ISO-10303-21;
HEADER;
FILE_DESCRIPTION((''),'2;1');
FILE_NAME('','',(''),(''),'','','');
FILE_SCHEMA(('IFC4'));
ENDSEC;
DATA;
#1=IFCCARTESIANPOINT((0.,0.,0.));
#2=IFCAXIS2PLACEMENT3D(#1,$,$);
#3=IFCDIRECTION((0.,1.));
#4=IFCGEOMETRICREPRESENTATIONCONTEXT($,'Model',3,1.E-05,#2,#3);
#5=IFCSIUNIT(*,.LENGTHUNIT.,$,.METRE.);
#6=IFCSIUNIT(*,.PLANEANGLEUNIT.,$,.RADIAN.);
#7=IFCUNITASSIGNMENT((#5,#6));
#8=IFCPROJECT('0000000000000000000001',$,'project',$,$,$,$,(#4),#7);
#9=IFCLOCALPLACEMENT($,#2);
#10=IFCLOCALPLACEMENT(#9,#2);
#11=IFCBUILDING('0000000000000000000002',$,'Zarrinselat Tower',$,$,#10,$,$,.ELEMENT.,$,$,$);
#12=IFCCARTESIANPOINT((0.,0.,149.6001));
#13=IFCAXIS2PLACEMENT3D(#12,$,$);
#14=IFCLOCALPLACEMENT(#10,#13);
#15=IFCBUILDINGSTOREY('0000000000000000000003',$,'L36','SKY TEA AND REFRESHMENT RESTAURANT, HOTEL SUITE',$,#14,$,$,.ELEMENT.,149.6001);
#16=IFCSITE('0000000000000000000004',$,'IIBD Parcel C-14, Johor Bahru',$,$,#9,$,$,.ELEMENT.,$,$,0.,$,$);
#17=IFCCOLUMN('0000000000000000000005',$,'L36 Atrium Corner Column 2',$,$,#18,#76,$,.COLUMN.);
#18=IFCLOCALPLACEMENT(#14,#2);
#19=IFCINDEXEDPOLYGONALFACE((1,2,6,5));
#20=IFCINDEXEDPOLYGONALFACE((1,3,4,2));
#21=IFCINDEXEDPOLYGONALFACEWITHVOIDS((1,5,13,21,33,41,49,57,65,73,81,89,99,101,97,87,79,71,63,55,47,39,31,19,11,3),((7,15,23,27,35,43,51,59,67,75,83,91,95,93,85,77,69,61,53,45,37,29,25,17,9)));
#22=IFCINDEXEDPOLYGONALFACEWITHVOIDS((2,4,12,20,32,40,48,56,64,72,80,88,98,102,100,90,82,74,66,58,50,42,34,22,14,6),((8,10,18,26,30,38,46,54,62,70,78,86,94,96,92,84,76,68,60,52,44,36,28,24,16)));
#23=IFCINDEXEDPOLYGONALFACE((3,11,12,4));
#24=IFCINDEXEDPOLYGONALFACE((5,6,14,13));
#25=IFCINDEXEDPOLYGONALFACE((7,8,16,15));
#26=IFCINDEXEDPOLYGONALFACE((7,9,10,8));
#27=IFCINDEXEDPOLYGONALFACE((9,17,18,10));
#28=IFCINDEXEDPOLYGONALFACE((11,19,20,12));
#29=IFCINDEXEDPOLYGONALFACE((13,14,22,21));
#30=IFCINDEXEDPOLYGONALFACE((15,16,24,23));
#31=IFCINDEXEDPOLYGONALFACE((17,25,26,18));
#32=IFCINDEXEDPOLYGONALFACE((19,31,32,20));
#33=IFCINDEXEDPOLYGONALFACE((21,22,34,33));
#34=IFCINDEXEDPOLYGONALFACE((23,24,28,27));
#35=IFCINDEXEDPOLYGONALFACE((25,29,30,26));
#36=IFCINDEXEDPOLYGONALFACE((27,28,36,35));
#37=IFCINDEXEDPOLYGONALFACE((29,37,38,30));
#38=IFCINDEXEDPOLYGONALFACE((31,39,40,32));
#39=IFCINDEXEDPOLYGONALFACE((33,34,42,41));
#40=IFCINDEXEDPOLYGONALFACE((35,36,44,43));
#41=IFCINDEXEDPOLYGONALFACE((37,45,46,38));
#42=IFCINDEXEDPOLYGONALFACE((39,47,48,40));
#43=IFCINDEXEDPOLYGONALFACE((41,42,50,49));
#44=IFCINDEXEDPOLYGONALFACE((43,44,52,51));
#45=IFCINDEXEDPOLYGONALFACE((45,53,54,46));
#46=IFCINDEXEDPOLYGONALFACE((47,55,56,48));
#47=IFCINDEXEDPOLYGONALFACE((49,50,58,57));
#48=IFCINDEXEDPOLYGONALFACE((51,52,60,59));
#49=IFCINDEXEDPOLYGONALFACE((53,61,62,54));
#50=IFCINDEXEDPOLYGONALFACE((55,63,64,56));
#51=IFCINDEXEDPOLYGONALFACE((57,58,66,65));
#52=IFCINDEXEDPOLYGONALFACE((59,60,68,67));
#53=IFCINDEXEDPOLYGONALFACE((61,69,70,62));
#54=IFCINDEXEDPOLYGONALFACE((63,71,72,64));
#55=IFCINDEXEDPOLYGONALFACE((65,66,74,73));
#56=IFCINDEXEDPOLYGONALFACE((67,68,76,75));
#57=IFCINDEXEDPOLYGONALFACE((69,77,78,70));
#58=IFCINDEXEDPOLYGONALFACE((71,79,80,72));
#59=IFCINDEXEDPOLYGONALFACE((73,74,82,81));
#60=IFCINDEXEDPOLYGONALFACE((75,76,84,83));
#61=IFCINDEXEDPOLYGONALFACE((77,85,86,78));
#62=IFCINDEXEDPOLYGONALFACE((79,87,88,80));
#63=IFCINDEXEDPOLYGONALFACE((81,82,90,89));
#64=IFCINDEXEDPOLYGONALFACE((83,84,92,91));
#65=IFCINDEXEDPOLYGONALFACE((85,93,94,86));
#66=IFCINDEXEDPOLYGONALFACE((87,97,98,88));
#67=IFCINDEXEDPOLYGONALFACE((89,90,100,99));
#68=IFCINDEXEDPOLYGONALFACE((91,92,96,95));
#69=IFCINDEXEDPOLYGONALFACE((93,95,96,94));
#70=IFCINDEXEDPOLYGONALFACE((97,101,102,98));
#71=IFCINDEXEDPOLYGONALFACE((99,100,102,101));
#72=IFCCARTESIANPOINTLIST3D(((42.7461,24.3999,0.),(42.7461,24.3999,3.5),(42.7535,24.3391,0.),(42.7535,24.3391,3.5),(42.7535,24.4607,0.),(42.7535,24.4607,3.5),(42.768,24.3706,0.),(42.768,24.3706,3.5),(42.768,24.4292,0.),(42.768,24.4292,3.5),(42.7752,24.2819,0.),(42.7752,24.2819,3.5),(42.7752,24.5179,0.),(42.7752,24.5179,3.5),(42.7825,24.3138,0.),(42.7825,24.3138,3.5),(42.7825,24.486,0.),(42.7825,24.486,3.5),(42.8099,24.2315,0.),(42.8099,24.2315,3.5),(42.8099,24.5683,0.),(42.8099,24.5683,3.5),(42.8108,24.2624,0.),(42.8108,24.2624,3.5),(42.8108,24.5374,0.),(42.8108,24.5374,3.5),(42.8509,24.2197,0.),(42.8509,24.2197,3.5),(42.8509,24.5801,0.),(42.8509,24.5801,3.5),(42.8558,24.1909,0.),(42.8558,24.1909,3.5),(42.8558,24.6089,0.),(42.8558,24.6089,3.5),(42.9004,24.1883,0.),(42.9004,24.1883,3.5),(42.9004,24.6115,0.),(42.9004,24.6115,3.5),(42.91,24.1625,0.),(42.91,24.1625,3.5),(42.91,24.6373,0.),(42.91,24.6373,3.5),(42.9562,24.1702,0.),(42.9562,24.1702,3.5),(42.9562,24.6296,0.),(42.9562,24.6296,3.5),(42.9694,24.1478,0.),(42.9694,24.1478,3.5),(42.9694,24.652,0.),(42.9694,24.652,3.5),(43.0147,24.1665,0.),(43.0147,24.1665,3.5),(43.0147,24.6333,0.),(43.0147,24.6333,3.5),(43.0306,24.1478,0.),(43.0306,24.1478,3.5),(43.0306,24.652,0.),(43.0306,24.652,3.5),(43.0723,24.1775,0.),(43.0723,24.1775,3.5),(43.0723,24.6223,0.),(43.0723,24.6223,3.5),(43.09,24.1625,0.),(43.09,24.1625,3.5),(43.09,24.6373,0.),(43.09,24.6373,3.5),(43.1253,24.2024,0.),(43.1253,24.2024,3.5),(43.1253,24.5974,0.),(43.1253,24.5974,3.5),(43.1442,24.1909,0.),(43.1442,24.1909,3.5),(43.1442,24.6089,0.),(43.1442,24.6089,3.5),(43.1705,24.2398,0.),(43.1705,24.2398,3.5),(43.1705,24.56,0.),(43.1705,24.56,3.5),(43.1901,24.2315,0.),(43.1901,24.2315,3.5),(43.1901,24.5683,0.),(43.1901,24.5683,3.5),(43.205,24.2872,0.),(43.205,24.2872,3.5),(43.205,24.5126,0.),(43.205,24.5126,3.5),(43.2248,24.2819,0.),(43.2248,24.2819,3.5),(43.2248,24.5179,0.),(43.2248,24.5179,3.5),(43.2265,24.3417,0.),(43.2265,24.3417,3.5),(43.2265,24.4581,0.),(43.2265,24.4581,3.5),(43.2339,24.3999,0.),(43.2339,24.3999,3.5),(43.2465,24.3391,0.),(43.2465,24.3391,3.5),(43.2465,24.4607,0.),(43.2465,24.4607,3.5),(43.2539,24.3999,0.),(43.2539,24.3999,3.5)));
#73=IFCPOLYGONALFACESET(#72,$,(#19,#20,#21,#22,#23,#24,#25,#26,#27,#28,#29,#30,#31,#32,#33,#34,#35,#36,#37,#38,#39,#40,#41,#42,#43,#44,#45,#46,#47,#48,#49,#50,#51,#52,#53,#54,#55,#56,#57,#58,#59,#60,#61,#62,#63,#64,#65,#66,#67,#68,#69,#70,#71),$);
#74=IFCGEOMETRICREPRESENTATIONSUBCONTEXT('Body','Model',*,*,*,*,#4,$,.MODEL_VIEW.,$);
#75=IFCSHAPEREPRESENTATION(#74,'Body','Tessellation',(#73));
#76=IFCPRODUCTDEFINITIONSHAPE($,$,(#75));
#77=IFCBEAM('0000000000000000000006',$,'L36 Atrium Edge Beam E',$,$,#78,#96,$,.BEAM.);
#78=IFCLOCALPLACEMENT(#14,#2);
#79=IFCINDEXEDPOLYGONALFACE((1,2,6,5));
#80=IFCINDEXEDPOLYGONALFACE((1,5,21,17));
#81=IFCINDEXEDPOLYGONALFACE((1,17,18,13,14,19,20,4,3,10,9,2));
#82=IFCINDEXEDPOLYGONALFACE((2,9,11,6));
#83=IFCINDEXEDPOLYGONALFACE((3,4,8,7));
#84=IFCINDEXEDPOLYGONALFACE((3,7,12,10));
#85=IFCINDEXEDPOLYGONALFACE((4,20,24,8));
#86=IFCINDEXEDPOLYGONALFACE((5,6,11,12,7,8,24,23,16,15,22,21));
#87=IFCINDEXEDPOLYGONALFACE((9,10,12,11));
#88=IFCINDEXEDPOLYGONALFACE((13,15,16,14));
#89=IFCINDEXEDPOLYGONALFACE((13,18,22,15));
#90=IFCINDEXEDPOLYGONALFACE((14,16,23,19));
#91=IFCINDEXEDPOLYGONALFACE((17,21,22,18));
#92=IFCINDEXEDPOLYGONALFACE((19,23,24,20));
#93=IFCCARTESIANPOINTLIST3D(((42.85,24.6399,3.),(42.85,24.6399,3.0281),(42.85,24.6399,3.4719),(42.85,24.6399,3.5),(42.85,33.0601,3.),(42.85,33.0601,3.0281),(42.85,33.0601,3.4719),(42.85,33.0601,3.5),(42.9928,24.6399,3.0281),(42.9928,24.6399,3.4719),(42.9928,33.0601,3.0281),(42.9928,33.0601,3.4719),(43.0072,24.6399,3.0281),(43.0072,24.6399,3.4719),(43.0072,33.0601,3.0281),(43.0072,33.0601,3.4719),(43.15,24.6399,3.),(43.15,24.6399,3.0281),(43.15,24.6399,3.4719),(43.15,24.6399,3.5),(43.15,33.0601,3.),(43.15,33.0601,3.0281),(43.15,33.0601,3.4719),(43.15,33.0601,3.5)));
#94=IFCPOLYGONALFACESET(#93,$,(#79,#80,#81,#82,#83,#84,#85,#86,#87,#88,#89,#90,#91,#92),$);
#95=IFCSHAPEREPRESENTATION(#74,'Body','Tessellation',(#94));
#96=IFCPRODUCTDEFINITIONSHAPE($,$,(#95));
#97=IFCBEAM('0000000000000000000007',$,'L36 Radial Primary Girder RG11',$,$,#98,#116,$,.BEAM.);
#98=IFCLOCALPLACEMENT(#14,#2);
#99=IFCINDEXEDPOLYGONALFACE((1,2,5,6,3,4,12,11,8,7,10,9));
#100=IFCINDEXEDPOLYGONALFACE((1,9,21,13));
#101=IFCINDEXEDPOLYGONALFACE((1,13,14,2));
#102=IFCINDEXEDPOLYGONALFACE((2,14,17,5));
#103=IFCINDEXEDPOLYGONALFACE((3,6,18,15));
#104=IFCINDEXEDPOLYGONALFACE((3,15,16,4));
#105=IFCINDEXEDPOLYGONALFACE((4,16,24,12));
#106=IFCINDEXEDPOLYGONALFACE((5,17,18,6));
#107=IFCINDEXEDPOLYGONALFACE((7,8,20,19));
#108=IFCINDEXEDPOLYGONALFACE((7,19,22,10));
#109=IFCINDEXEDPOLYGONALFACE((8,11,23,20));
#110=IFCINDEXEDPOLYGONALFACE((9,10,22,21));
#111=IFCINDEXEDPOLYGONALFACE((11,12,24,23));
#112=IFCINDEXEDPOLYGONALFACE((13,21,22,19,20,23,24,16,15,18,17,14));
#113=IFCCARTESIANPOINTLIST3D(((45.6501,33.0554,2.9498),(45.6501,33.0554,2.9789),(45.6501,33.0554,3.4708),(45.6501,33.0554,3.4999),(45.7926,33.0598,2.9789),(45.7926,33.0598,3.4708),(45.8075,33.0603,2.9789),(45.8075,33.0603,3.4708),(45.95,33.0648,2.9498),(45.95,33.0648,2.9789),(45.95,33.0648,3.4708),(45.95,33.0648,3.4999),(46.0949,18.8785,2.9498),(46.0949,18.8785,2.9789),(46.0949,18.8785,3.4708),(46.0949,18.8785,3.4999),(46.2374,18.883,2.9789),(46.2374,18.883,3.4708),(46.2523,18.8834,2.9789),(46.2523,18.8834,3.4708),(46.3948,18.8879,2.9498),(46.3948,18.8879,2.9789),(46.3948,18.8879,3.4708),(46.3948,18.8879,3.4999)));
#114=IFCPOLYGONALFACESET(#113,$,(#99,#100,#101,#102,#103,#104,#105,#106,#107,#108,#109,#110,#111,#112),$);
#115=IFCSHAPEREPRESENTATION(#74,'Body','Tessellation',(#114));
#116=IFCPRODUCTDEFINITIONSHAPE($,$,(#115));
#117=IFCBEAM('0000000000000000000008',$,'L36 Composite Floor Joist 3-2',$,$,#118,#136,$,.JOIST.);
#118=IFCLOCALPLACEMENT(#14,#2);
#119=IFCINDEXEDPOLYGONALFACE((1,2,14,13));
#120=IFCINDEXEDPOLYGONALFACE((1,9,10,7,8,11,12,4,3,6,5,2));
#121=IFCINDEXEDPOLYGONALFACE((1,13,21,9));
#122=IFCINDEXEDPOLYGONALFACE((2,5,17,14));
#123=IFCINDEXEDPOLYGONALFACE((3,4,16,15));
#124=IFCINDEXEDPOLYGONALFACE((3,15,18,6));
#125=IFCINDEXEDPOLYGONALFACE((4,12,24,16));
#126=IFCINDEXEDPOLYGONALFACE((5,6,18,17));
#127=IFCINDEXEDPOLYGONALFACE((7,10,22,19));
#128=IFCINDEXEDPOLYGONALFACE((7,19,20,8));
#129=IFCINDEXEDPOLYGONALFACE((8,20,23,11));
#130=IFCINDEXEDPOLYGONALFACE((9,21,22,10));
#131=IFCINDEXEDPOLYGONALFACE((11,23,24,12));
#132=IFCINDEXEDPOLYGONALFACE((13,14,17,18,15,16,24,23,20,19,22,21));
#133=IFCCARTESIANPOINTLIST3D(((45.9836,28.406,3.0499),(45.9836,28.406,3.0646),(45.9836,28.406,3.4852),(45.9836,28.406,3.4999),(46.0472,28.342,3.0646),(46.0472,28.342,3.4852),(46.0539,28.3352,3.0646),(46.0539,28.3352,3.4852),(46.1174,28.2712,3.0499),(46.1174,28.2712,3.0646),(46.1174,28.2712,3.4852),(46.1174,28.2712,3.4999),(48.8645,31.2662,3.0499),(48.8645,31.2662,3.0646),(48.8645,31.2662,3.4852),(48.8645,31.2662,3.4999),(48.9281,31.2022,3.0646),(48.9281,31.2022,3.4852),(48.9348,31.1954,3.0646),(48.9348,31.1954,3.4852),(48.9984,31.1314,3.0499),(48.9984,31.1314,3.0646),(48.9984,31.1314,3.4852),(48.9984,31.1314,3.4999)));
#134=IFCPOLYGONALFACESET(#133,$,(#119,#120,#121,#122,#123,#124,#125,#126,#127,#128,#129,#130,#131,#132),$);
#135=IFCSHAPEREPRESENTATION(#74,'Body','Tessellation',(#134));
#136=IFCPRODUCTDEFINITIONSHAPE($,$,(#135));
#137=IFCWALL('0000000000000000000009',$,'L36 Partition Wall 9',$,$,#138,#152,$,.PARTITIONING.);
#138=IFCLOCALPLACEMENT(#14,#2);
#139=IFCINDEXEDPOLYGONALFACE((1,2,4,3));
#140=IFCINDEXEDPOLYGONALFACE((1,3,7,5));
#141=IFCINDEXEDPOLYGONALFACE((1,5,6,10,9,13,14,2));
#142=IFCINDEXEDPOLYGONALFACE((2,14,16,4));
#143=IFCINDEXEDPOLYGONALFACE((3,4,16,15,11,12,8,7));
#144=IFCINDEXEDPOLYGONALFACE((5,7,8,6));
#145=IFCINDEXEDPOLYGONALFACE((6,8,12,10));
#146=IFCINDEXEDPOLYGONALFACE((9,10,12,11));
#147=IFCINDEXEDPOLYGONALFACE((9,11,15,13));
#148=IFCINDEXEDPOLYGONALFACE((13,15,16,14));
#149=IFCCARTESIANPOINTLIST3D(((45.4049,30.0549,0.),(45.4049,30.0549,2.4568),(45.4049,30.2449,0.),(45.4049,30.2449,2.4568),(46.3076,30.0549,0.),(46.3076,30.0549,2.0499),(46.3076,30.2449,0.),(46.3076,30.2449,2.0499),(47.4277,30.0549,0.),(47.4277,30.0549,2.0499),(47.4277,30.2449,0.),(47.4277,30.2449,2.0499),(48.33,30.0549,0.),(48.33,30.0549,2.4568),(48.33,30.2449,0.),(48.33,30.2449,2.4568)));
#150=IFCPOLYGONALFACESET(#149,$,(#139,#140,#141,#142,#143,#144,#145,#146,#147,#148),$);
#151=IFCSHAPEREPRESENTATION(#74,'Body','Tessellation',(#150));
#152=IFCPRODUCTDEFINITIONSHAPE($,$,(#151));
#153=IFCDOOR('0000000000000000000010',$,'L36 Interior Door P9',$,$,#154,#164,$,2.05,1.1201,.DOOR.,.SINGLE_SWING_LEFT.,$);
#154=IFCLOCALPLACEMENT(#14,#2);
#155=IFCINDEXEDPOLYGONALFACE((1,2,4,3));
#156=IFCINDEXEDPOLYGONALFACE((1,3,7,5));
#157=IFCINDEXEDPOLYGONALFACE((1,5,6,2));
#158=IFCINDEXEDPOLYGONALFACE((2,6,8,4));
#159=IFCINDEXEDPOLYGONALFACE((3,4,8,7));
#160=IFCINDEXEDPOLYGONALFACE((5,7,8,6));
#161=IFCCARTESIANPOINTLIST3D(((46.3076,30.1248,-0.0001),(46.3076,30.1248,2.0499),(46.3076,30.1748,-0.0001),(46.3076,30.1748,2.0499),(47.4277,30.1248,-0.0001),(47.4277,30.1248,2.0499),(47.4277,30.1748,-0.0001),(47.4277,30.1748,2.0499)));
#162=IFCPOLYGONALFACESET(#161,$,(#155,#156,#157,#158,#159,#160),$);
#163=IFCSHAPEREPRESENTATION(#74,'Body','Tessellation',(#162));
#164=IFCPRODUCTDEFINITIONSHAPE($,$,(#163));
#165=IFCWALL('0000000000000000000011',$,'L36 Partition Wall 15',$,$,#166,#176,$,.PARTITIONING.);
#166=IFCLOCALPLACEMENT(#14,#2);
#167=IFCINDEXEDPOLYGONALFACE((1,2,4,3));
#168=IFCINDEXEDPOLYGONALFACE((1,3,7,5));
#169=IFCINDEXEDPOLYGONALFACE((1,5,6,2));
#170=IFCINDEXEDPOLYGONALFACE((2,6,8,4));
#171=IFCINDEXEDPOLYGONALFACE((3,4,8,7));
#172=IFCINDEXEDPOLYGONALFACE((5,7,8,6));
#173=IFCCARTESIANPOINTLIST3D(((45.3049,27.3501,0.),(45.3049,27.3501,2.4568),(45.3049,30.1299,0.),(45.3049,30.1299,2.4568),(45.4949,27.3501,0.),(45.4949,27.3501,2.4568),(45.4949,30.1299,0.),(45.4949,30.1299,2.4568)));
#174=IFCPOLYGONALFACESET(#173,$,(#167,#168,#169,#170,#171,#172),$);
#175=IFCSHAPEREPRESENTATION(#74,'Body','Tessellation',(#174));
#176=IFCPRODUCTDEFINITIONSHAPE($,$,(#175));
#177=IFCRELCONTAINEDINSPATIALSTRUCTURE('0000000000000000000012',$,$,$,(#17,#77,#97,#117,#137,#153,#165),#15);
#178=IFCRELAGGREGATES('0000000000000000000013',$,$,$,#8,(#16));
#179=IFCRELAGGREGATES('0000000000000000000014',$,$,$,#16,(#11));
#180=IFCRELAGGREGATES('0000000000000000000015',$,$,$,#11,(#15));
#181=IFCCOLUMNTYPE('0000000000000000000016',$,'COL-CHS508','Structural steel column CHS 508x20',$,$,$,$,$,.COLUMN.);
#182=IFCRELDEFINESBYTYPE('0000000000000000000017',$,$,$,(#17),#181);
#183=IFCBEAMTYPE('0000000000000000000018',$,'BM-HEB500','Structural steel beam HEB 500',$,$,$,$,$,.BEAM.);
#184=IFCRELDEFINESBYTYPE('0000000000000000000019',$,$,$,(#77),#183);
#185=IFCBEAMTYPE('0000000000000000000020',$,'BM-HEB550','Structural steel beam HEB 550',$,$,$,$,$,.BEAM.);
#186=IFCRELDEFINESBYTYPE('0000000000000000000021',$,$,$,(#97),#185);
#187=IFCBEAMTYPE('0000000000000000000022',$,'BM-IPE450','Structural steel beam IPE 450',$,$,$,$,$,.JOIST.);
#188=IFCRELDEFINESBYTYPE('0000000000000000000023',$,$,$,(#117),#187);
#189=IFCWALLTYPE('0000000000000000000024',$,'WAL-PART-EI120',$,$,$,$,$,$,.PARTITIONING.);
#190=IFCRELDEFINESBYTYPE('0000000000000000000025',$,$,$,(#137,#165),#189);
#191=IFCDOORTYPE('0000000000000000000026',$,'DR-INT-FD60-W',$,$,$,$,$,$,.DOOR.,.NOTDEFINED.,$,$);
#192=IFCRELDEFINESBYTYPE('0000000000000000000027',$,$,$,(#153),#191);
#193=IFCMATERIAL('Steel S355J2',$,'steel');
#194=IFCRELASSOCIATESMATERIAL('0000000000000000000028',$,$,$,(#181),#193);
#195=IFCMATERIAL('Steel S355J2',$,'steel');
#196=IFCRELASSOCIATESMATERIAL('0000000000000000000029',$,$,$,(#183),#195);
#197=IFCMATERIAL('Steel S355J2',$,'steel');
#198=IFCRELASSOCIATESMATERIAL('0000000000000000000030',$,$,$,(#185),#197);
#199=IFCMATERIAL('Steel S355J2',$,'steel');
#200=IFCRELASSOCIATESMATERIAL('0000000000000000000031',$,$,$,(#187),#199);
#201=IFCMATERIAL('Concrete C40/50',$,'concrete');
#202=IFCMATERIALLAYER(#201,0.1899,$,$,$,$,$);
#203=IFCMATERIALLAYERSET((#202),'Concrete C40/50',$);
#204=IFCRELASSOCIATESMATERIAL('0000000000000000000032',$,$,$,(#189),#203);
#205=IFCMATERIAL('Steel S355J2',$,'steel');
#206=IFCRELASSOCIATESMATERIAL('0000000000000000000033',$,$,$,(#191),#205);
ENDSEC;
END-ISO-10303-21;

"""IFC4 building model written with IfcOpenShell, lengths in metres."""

from ifc_helpers import new_model, si_unit, direction, frame, frame_2d, origin, origin_2d, place, context, subcontext, project, spatial, rectangle, hollow_circle, i_section, extrude, material, layer, layer_set, material_profile, profile_set, type_object, element, fill, save


model = new_model("IFC4")

# Units and contexts
model_context = context("Model", 3, precision=1e-05, world=origin(), true_north=direction((0.0, 1.0)))
body_context = subcontext(model_context, "Body", "Model", "MODEL_VIEW")
ifc_project = project(units=[si_unit("LENGTHUNIT", "METRE"), si_unit("PLANEANGLEUNIT", "RADIAN")], contexts=[model_context])

# Site, building, storey
site_placement = place(None, origin())
site = spatial("IfcSite", under=ifc_project, at=site_placement, Name="IIBD Parcel C-14, Johor Bahru", CompositionType="ELEMENT", RefElevation=0.0)
building_placement = place(site_placement, origin())
building = spatial("IfcBuilding", under=site, at=building_placement, Name="Zarrinselat Tower", CompositionType="ELEMENT")
storey_placement = place(building_placement, frame((0.0, 0.0, 149.6001)))
storey = spatial("IfcBuildingStorey", under=building, at=storey_placement, Name="L36", Description="SKY TEA AND REFRESHMENT RESTAURANT, HOTEL SUITE", CompositionType="ELEMENT", Elevation=149.6001)

# Column
ifc_material_1 = material(Name="Steel S355J2", Category="steel")
ifc_material_profile_1 = material_profile(ifc_material_1, hollow_circle(Radius=0.2539, WallThickness=0.02, at=origin_2d()), Name="CHS 508x20")
ifc_profile_set_1 = profile_set([ifc_material_profile_1], Name="Steel S355J2")
column_type = type_object("IfcColumnType", Name="COL-CHS508", Description="Structural steel column CHS 508x20", PredefinedType="COLUMN", material=ifc_profile_set_1)
column_placement = place(storey_placement, frame((43.0, 24.3999, 0.0), z_axis=(0.0, 0.0, 1.0), x_axis=(1.0, 0.0, 0.0)))
element("IfcColumn", 1, at=column_placement, inside=storey, type_object=column_type, Name="L36 Atrium Corner Column 2", PredefinedType="COLUMN", context=body_context, shape_type="SweptSolid", body=[
    extrude(hollow_circle(Radius=0.2539, WallThickness=0.02, at=origin_2d()), origin(), (0.0, 0.0, 1.0), 3.5),
])

# Beams
ifc_material_2 = material(Name="Steel S355J2", Category="steel")
ifc_material_profile_2 = material_profile(ifc_material_2, i_section(OverallWidth=0.3, OverallDepth=0.5, WebThickness=0.0144, FlangeThickness=0.0281, at=origin_2d()), Name="HEB 500")
ifc_profile_set_2 = profile_set([ifc_material_profile_2], Name="Steel S355J2")
beam_type_1 = type_object("IfcBeamType", Name="BM-HEB500", Description="Structural steel beam HEB 500", PredefinedType="BEAM", material=ifc_profile_set_2)
beam_1_placement = place(storey_placement, frame((43.0, 24.6399, 3.25), z_axis=(0.0, 1.0, 0.0), x_axis=(-1.0, 0.0, 0.0)))
element("IfcBeam", 2, at=beam_1_placement, inside=storey, type_object=beam_type_1, Name="L36 Atrium Edge Beam E", PredefinedType="BEAM", context=body_context, shape_type="SweptSolid", body=[
    extrude(i_section(OverallWidth=0.3, OverallDepth=0.5, WebThickness=0.0144, FlangeThickness=0.0281, at=origin_2d()), origin(), (0.0, 0.0, 1.0), 8.4202),
])
ifc_material_3 = material(Name="Steel S355J2", Category="steel")
ifc_material_profile_3 = material_profile(ifc_material_3, i_section(OverallWidth=0.3, OverallDepth=0.55, WebThickness=0.0149, FlangeThickness=0.0291, at=origin_2d()), Name="HEB 550")
ifc_profile_set_3 = profile_set([ifc_material_profile_3], Name="Steel S355J2")
beam_type_2 = type_object("IfcBeamType", Name="BM-HEB550", Description="Structural steel beam HEB 550", PredefinedType="BEAM", material=ifc_profile_set_3)
beam_2_placement = place(storey_placement, frame((45.8, 33.0601, 3.2249), z_axis=(0.031362, -0.999508, 0.0), x_axis=(0.999508, 0.031362, 0.0)))
element("IfcBeam", 3, at=beam_2_placement, inside=storey, type_object=beam_type_2, Name="L36 Radial Primary Girder RG11", PredefinedType="BEAM", context=body_context, shape_type="SweptSolid", body=[
    extrude(i_section(OverallWidth=0.3, OverallDepth=0.55, WebThickness=0.0149, FlangeThickness=0.0291, at=origin_2d()), origin(), (0.0, 0.0, 1.0), 14.1838),
])
ifc_material_4 = material(Name="Steel S355J2", Category="steel")
ifc_material_profile_4 = material_profile(ifc_material_4, i_section(OverallWidth=0.1899, OverallDepth=0.45, WebThickness=0.0095, FlangeThickness=0.0146, at=origin_2d()), Name="IPE 450")
ifc_profile_set_4 = profile_set([ifc_material_profile_4], Name="Steel S355J2")
beam_type_3 = type_object("IfcBeamType", Name="BM-IPE450", Description="Structural steel beam IPE 450", PredefinedType="JOIST", material=ifc_profile_set_4)
beam_3_placement = place(storey_placement, frame((46.0505, 28.3386, 3.2749), z_axis=(0.709658, 0.704546, 0.0), x_axis=(-0.704546, 0.709658, 0.0)))
element("IfcBeam", 4, at=beam_3_placement, inside=storey, type_object=beam_type_3, Name="L36 Composite Floor Joist 3-2", PredefinedType="JOIST", context=body_context, shape_type="SweptSolid", body=[
    extrude(i_section(OverallWidth=0.1899, OverallDepth=0.45, WebThickness=0.0095, FlangeThickness=0.0146, at=origin_2d()), origin(), (0.0, 0.0, 1.0), 4.0596),
])

# Wall, opening, door
ifc_material_5 = material(Name="Concrete C40/50", Category="concrete")
ifc_layer_1 = layer(ifc_material_5, 0.1899)
ifc_layer_set_1 = layer_set([ifc_layer_1], Name="Concrete C40/50")
wall_type_1 = type_object("IfcWallType", Name="WAL-PART-EI120", PredefinedType="PARTITIONING", material=ifc_layer_set_1)
wall_1_placement = place(storey_placement, frame((45.405, 30.1499, 0.0), z_axis=(0.0, 0.0, 1.0), x_axis=(1.0, 0.0, 0.0)))
wall_1 = element("IfcWall", 5, at=wall_1_placement, inside=storey, type_object=wall_type_1, Name="L36 Partition Wall 9", PredefinedType="PARTITIONING", context=body_context, shape_type="SweptSolid", body=[
    extrude(rectangle(XDim=2.925, YDim=0.1899, at=frame_2d((1.4624, 0.0))), origin(), (0.0, 0.0, 1.0), 2.4568),
])
opening_1_placement = place(wall_1_placement, frame((0.9026, 0.0, 0.0)))
opening_1 = element("IfcOpeningElement", 6, at=opening_1_placement, cuts=wall_1, PredefinedType="OPENING", context=body_context, shape_type="SweptSolid", body=[
    extrude(rectangle(XDim=1.1201, YDim=2.05, at=frame_2d((0.5601, 1.0249))), frame((0.0, 0.105, 0.0), z_axis=(0.0, -1.0, 0.0), x_axis=(1.0, 0.0, 0.0)), (0.0, 0.0, 1.0), 0.21),
])
ifc_material_6 = material(Name="Steel S355J2", Category="steel")
door_type_1 = type_object("IfcDoorType", Name="DR-INT-FD60-W", OperationType="NOTDEFINED", PredefinedType="DOOR", material=ifc_material_6)
door_1_placement = place(opening_1_placement, origin())
door_1 = element("IfcDoor", 7, at=door_1_placement, inside=storey, type_object=door_type_1, Name="L36 Interior Door P9", OperationType="SINGLE_SWING_LEFT", OverallHeight=2.05, OverallWidth=1.1201, PredefinedType="DOOR", context=body_context, shape_type="SweptSolid", body=[
    extrude(rectangle(XDim=1.1201, YDim=2.05, at=frame_2d((0.5601, 1.0249))), frame((0.0, 0.0249, 0.0), z_axis=(0.0, -1.0, 0.0), x_axis=(1.0, 0.0, 0.0)), (0.0, 0.0, 1.0), 0.05),
])
fill(opening_1, door_1)

# Wall
wall_2_placement = place(storey_placement, frame((45.3999, 27.3501, 0.0), z_axis=(0.0, 0.0, 1.0), x_axis=(0.0, 1.0, 0.0)))
element("IfcWall", 8, at=wall_2_placement, inside=storey, type_object=wall_type_1, Name="L36 Partition Wall 15", PredefinedType="PARTITIONING", context=body_context, shape_type="SweptSolid", body=[
    extrude(rectangle(XDim=2.7798, YDim=0.1899, at=frame_2d((1.3899, 0.0))), origin(), (0.0, 0.0, 1.0), 2.4568),
])

save(model, "model.ifc")
